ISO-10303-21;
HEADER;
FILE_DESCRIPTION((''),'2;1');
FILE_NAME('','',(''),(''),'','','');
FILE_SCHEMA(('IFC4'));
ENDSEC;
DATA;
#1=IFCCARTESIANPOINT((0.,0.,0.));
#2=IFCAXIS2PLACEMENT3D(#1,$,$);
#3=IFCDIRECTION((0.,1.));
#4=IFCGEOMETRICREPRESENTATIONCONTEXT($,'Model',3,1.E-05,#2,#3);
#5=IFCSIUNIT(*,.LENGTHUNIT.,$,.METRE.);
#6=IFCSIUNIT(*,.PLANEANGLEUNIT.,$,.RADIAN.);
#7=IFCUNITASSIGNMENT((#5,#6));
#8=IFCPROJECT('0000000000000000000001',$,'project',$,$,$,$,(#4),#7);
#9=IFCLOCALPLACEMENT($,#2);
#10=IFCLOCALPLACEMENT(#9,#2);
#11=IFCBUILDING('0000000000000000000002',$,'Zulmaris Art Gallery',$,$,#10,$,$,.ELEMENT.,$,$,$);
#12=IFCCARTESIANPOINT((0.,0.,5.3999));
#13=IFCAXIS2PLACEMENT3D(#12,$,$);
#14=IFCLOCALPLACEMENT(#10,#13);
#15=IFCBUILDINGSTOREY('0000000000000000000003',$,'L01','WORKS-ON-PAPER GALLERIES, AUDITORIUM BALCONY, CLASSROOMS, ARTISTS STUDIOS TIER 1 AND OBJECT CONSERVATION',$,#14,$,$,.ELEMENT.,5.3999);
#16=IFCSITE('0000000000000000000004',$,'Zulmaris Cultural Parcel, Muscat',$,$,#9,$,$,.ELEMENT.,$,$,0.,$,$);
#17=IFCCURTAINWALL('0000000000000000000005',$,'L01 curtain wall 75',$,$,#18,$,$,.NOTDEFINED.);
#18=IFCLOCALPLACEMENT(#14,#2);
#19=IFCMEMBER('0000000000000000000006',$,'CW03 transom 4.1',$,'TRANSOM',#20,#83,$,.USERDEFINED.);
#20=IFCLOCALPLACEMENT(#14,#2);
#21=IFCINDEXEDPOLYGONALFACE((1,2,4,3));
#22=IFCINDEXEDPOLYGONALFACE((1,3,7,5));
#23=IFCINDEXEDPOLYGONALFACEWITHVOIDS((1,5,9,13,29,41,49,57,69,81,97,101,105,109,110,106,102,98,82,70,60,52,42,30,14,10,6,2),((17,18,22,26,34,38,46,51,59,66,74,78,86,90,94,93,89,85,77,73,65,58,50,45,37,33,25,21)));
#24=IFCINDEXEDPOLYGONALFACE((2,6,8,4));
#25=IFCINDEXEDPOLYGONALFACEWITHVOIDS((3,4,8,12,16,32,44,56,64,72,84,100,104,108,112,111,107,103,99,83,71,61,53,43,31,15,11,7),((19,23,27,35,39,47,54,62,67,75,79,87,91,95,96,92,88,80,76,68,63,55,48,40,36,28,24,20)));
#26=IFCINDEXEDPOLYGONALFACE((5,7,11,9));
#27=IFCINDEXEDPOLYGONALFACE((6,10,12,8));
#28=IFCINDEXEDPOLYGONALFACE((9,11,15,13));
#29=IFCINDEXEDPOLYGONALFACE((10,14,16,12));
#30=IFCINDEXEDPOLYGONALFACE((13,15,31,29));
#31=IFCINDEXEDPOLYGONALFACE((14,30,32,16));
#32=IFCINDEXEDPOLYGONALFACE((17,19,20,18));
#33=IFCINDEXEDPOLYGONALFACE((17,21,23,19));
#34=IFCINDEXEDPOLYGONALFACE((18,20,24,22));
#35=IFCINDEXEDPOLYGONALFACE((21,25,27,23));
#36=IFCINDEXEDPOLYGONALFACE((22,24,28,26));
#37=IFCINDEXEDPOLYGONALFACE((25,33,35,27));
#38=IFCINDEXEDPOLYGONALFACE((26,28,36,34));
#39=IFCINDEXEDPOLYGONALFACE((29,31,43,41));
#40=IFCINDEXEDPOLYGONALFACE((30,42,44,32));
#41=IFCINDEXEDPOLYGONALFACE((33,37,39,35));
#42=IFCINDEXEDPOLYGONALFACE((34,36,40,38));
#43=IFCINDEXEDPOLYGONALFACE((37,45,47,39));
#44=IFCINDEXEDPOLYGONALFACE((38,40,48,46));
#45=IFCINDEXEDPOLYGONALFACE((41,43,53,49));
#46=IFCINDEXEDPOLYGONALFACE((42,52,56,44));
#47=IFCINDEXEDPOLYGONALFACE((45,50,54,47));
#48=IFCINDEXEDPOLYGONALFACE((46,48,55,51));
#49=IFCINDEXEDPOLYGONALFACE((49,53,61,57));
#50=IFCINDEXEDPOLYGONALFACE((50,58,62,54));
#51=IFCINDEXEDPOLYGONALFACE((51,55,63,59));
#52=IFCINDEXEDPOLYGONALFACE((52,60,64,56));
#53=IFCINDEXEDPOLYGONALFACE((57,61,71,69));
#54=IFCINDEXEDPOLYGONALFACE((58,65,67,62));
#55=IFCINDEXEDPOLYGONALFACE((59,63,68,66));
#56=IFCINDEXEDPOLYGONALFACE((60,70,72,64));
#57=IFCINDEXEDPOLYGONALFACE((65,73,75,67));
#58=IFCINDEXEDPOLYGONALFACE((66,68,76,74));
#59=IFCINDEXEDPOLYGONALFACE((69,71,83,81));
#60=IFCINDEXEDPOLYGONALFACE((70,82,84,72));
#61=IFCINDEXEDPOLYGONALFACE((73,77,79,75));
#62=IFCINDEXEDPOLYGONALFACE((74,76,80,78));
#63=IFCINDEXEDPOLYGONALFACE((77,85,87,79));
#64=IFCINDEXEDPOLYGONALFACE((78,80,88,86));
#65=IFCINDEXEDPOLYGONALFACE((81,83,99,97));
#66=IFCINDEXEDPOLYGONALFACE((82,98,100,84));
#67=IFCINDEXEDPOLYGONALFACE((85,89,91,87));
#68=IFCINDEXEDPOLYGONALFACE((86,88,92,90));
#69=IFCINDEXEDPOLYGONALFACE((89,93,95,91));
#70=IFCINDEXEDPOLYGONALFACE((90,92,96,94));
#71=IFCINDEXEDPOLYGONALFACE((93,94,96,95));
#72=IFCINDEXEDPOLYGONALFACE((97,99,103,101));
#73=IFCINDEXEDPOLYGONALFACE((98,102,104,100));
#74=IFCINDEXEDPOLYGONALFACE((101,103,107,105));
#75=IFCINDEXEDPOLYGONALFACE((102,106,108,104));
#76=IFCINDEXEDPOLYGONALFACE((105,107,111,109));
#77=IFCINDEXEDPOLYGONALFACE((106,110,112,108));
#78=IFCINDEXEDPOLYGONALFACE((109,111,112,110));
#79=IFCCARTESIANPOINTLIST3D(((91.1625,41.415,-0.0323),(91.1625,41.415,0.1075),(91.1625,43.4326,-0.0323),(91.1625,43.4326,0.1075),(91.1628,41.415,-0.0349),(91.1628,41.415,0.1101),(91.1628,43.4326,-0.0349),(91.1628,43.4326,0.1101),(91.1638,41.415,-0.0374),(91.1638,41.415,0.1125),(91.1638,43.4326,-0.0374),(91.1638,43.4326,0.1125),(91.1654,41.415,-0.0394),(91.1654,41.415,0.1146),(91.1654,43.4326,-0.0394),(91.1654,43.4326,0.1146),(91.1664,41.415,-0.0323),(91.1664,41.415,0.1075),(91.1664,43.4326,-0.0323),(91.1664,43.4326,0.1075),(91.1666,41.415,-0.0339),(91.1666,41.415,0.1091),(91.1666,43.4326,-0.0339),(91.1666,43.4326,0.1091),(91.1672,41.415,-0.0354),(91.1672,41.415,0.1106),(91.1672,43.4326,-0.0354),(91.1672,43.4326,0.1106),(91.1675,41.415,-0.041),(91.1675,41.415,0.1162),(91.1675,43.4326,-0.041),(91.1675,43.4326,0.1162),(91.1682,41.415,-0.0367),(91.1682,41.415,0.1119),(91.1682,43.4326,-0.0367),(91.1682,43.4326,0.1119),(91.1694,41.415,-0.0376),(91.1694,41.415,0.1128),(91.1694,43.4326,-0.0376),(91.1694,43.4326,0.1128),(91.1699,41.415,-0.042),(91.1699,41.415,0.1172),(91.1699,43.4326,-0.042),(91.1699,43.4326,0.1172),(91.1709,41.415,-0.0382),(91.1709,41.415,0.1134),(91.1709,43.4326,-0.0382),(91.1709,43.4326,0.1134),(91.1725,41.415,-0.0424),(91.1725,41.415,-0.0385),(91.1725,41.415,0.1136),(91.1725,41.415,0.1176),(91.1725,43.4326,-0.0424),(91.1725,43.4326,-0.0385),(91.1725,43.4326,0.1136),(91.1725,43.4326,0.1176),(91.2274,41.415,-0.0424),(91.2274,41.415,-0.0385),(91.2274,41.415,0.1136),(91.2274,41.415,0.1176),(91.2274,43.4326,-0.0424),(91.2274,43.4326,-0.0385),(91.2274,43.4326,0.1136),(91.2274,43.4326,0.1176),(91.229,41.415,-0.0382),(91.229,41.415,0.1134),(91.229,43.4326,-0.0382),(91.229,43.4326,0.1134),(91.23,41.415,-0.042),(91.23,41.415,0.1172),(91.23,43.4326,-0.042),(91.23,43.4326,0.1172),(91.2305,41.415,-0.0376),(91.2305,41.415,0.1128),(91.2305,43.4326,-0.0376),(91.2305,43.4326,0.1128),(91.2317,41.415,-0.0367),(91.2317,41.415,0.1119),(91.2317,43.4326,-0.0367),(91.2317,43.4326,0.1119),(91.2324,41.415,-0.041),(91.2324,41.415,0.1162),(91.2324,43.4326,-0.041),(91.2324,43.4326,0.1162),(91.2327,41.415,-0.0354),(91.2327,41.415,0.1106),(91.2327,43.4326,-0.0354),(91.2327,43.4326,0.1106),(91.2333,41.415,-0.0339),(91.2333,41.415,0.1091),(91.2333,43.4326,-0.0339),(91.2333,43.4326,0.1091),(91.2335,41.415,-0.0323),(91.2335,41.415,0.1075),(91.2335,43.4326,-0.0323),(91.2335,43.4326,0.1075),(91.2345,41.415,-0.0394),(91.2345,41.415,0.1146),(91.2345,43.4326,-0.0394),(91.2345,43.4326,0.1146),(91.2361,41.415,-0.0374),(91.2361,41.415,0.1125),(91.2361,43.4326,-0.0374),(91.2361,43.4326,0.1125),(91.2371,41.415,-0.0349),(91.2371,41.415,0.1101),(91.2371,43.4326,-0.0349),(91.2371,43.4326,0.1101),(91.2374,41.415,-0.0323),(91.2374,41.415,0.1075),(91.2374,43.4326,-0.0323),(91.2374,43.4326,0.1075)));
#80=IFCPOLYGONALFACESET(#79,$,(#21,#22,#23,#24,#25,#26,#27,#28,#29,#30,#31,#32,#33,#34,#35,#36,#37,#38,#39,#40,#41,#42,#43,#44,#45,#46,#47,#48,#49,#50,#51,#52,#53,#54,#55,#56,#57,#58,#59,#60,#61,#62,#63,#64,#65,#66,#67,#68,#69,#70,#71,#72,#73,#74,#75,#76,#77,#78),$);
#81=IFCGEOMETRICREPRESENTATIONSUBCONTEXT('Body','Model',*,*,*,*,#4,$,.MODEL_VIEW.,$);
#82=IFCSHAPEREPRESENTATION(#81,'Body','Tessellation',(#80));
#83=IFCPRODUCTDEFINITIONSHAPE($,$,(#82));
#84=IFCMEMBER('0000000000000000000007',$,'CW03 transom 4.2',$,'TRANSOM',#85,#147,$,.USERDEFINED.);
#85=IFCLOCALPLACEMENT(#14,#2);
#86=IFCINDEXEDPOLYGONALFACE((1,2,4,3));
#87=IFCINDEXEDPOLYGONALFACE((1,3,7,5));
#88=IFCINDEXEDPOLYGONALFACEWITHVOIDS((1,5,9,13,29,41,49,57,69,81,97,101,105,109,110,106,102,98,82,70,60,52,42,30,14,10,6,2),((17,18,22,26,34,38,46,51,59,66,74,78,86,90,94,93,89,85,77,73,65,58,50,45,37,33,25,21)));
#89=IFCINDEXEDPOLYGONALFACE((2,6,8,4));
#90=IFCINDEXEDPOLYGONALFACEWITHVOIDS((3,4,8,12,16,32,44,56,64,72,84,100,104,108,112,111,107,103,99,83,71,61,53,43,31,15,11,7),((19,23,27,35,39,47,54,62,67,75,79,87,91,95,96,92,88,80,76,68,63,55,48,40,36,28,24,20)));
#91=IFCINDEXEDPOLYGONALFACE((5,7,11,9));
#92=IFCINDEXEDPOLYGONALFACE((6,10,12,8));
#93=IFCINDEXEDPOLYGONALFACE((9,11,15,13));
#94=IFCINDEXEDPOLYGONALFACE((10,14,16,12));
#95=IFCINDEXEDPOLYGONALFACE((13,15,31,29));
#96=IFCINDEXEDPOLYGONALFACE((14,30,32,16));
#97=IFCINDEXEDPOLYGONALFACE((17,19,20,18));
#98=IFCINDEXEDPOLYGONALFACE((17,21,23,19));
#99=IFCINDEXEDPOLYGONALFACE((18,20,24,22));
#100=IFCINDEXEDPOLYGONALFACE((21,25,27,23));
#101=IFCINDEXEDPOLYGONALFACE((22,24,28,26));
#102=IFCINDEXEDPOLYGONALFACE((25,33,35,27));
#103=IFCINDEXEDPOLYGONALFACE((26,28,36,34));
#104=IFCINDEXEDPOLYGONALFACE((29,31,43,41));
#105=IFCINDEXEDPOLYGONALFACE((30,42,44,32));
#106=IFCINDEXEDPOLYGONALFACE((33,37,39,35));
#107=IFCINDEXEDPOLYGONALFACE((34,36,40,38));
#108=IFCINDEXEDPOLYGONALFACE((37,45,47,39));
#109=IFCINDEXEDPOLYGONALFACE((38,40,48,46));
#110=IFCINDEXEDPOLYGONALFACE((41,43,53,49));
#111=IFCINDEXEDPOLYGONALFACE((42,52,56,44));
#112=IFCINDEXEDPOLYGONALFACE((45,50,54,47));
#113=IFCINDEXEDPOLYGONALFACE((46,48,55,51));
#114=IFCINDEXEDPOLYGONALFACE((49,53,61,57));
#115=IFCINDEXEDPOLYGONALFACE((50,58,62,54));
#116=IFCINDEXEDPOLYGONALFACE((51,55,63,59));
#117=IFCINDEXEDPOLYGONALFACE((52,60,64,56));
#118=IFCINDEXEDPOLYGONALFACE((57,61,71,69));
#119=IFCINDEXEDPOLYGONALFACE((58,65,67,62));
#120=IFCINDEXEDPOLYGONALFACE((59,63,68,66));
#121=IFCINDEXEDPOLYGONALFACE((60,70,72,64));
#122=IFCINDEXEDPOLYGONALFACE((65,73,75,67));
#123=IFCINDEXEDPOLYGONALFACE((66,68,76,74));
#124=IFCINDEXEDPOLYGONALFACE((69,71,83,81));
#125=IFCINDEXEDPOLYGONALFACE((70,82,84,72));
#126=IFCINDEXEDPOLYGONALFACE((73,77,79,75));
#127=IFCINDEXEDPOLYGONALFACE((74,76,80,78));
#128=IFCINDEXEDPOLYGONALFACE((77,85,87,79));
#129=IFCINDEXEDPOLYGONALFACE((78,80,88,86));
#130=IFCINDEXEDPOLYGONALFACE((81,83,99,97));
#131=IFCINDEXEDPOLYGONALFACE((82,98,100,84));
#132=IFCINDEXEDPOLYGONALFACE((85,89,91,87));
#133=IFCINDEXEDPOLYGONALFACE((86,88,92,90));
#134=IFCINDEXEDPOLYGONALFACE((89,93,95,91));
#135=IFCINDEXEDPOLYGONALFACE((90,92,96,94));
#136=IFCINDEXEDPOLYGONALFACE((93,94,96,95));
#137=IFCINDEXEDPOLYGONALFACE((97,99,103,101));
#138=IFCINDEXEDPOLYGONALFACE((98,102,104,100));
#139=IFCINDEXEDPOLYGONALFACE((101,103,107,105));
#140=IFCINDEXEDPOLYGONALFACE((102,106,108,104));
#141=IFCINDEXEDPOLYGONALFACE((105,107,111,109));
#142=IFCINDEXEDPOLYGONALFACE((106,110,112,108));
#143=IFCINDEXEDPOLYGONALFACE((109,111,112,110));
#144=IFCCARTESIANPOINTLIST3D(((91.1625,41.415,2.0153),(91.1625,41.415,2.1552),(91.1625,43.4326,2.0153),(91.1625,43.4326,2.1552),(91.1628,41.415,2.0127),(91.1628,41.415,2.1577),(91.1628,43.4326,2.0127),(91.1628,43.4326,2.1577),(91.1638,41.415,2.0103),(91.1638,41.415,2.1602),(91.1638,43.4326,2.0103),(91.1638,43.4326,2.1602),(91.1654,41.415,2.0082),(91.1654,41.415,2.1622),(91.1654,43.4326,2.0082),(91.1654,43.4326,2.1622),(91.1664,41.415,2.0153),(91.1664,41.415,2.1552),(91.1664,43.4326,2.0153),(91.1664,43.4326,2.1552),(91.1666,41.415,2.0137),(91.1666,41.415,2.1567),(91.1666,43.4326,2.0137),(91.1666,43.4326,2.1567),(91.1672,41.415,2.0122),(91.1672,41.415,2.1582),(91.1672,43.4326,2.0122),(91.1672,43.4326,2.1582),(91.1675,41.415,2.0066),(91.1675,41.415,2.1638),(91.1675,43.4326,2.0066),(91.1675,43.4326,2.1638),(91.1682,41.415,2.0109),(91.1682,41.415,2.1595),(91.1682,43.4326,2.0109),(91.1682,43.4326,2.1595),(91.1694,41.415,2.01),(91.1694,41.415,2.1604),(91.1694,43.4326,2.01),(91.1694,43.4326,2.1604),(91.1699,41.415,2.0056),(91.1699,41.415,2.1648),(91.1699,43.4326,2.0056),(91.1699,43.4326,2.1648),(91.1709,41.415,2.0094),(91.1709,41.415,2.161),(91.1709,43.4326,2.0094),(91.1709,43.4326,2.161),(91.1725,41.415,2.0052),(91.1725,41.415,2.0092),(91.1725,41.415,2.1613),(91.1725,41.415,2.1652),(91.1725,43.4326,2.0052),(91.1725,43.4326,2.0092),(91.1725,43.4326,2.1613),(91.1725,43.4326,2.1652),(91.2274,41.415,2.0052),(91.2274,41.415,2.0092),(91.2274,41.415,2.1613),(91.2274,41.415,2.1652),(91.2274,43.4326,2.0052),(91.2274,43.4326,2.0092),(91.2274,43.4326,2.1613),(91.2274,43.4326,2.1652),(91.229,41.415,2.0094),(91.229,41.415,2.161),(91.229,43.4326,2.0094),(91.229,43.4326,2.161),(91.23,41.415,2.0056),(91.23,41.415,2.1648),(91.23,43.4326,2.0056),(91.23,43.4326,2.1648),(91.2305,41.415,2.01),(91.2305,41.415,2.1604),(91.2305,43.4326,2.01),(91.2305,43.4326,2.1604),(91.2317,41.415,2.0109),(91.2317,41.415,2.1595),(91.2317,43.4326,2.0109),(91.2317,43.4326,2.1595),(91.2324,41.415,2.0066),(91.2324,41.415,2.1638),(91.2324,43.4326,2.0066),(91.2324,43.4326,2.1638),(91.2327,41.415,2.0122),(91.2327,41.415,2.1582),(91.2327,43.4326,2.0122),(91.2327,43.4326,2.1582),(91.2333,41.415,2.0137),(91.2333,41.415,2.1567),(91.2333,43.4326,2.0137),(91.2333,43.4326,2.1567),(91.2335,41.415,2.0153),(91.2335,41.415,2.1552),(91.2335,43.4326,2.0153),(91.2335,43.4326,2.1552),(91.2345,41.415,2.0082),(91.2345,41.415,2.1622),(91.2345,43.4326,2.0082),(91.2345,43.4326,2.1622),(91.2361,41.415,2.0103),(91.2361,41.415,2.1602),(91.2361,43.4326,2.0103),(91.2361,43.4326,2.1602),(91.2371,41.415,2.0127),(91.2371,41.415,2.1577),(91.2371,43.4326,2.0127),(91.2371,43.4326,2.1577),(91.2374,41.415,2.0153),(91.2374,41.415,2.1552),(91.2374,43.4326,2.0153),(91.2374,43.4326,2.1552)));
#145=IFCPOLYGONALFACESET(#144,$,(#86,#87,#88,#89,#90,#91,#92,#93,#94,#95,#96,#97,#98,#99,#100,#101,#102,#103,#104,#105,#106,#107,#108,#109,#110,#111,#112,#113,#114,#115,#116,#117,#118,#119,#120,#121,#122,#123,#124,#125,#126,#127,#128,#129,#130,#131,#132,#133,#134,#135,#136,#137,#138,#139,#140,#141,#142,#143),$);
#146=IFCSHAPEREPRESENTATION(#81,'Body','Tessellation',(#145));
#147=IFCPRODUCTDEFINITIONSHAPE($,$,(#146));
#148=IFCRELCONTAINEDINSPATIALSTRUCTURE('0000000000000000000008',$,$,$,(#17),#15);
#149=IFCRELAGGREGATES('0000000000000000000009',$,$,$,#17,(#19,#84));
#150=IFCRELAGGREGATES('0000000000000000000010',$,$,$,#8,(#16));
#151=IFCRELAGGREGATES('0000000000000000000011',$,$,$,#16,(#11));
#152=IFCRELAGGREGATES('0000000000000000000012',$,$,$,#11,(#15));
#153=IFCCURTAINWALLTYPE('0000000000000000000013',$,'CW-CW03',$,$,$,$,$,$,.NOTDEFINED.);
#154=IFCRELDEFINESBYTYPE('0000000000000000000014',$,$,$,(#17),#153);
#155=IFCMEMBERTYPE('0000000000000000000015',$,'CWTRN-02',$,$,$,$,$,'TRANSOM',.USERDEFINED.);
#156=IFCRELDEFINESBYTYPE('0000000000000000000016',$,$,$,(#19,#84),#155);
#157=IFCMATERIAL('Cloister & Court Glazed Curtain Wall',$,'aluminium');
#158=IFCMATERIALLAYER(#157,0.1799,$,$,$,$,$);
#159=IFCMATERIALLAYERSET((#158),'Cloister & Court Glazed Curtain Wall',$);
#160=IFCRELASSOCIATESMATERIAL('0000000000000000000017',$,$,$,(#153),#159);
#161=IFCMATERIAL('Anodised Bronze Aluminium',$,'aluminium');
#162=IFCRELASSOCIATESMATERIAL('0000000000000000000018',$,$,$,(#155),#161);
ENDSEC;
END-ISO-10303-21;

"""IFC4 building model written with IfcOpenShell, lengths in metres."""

from ifc_helpers import new_model, si_unit, direction, frame, origin, origin_2d, place, context, subcontext, project, spatial, hollow_rectangle, extrude, material, layer, layer_set, material_profile, profile_set, type_object, element, aggregate, save


model = new_model("IFC4")

# Units and contexts
model_context = context("Model", 3, precision=1e-05, world=origin(), true_north=direction((0.0, 1.0)))
body_context = subcontext(model_context, "Body", "Model", "MODEL_VIEW")
ifc_project = project(units=[si_unit("LENGTHUNIT", "METRE"), si_unit("PLANEANGLEUNIT", "RADIAN")], contexts=[model_context])

# Site, building, storey
site_placement = place(None, origin())
site = spatial("IfcSite", under=ifc_project, at=site_placement, Name="Zulmaris Cultural Parcel, Muscat", CompositionType="ELEMENT", RefElevation=0.0)
building_placement = place(site_placement, origin())
building = spatial("IfcBuilding", under=site, at=building_placement, Name="Zulmaris Art Gallery", CompositionType="ELEMENT")
storey_placement = place(building_placement, frame((0.0, 0.0, 5.3999)))
storey = spatial("IfcBuildingStorey", under=building, at=storey_placement, Name="L01", Description="WORKS-ON-PAPER GALLERIES, AUDITORIUM BALCONY, CLASSROOMS, ARTISTS STUDIOS TIER 1 AND OBJECT CONSERVATION", CompositionType="ELEMENT", Elevation=5.3999)

# Curtain wall
ifc_material_1 = material(Name="Cloister & Court Glazed Curtain Wall", Category="aluminium")
ifc_layer_1 = layer(ifc_material_1, 0.1799)
ifc_layer_set_1 = layer_set([ifc_layer_1], Name="Cloister & Court Glazed Curtain Wall")
curtain_wall_type = type_object("IfcCurtainWallType", Name="CW-CW03", PredefinedType="NOTDEFINED", material=ifc_layer_set_1)
ifc_material_2 = material(Name="Anodised Bronze Aluminium", Category="aluminium")
curtain_wall_1_placement = place(storey_placement, origin())
curtain_wall_1 = element("IfcCurtainWall", 1, at=curtain_wall_1_placement, inside=storey, type_object=curtain_wall_type, Name="L01 curtain wall 75", PredefinedType="NOTDEFINED")

# Shared definitions
ifc_material_profile_1 = material_profile(ifc_material_2, hollow_rectangle(XDim=0.075, YDim=0.1599, WallThickness=0.0039, InnerFilletRadius=0.0061, OuterFilletRadius=0.01, at=origin_2d()), Name="ALU 75x160x4")
ifc_profile_set_1 = profile_set([ifc_material_profile_1], Name="Anodised Bronze Aluminium")
member_type_1 = type_object("IfcMemberType", Name="CWTRN-02", ElementType="TRANSOM", PredefinedType="USERDEFINED", material=ifc_profile_set_1)

# Members
member_1_placement = place(storey_placement, frame((91.2, 43.4326, 0.0376), z_axis=(0.0, -1.0, 0.0), x_axis=(1.0, 0.0, 0.0)))
member_1 = element("IfcMember", 2, at=member_1_placement, type_object=member_type_1, Name="CW03 transom 4.1", ObjectType="TRANSOM", PredefinedType="USERDEFINED", context=body_context, shape_type="SweptSolid", body=[
    extrude(hollow_rectangle(XDim=0.075, YDim=0.1599, WallThickness=0.0039, InnerFilletRadius=0.0061, OuterFilletRadius=0.01, at=origin_2d()), origin(), (0.0, 0.0, 1.0), 2.0176),
])
member_2_placement = place(storey_placement, frame((91.2, 43.4326, 2.0852), z_axis=(0.0, -1.0, 0.0), x_axis=(1.0, 0.0, 0.0)))
member_2 = element("IfcMember", 3, at=member_2_placement, type_object=member_type_1, Name="CW03 transom 4.2", ObjectType="TRANSOM", PredefinedType="USERDEFINED", context=body_context, shape_type="SweptSolid", body=[
    extrude(hollow_rectangle(XDim=0.075, YDim=0.1599, WallThickness=0.0039, InnerFilletRadius=0.0061, OuterFilletRadius=0.01, at=origin_2d()), origin(), (0.0, 0.0, 1.0), 2.0176),
])

aggregate(curtain_wall_1, [member_1, member_2])

save(model, "model.ifc")
